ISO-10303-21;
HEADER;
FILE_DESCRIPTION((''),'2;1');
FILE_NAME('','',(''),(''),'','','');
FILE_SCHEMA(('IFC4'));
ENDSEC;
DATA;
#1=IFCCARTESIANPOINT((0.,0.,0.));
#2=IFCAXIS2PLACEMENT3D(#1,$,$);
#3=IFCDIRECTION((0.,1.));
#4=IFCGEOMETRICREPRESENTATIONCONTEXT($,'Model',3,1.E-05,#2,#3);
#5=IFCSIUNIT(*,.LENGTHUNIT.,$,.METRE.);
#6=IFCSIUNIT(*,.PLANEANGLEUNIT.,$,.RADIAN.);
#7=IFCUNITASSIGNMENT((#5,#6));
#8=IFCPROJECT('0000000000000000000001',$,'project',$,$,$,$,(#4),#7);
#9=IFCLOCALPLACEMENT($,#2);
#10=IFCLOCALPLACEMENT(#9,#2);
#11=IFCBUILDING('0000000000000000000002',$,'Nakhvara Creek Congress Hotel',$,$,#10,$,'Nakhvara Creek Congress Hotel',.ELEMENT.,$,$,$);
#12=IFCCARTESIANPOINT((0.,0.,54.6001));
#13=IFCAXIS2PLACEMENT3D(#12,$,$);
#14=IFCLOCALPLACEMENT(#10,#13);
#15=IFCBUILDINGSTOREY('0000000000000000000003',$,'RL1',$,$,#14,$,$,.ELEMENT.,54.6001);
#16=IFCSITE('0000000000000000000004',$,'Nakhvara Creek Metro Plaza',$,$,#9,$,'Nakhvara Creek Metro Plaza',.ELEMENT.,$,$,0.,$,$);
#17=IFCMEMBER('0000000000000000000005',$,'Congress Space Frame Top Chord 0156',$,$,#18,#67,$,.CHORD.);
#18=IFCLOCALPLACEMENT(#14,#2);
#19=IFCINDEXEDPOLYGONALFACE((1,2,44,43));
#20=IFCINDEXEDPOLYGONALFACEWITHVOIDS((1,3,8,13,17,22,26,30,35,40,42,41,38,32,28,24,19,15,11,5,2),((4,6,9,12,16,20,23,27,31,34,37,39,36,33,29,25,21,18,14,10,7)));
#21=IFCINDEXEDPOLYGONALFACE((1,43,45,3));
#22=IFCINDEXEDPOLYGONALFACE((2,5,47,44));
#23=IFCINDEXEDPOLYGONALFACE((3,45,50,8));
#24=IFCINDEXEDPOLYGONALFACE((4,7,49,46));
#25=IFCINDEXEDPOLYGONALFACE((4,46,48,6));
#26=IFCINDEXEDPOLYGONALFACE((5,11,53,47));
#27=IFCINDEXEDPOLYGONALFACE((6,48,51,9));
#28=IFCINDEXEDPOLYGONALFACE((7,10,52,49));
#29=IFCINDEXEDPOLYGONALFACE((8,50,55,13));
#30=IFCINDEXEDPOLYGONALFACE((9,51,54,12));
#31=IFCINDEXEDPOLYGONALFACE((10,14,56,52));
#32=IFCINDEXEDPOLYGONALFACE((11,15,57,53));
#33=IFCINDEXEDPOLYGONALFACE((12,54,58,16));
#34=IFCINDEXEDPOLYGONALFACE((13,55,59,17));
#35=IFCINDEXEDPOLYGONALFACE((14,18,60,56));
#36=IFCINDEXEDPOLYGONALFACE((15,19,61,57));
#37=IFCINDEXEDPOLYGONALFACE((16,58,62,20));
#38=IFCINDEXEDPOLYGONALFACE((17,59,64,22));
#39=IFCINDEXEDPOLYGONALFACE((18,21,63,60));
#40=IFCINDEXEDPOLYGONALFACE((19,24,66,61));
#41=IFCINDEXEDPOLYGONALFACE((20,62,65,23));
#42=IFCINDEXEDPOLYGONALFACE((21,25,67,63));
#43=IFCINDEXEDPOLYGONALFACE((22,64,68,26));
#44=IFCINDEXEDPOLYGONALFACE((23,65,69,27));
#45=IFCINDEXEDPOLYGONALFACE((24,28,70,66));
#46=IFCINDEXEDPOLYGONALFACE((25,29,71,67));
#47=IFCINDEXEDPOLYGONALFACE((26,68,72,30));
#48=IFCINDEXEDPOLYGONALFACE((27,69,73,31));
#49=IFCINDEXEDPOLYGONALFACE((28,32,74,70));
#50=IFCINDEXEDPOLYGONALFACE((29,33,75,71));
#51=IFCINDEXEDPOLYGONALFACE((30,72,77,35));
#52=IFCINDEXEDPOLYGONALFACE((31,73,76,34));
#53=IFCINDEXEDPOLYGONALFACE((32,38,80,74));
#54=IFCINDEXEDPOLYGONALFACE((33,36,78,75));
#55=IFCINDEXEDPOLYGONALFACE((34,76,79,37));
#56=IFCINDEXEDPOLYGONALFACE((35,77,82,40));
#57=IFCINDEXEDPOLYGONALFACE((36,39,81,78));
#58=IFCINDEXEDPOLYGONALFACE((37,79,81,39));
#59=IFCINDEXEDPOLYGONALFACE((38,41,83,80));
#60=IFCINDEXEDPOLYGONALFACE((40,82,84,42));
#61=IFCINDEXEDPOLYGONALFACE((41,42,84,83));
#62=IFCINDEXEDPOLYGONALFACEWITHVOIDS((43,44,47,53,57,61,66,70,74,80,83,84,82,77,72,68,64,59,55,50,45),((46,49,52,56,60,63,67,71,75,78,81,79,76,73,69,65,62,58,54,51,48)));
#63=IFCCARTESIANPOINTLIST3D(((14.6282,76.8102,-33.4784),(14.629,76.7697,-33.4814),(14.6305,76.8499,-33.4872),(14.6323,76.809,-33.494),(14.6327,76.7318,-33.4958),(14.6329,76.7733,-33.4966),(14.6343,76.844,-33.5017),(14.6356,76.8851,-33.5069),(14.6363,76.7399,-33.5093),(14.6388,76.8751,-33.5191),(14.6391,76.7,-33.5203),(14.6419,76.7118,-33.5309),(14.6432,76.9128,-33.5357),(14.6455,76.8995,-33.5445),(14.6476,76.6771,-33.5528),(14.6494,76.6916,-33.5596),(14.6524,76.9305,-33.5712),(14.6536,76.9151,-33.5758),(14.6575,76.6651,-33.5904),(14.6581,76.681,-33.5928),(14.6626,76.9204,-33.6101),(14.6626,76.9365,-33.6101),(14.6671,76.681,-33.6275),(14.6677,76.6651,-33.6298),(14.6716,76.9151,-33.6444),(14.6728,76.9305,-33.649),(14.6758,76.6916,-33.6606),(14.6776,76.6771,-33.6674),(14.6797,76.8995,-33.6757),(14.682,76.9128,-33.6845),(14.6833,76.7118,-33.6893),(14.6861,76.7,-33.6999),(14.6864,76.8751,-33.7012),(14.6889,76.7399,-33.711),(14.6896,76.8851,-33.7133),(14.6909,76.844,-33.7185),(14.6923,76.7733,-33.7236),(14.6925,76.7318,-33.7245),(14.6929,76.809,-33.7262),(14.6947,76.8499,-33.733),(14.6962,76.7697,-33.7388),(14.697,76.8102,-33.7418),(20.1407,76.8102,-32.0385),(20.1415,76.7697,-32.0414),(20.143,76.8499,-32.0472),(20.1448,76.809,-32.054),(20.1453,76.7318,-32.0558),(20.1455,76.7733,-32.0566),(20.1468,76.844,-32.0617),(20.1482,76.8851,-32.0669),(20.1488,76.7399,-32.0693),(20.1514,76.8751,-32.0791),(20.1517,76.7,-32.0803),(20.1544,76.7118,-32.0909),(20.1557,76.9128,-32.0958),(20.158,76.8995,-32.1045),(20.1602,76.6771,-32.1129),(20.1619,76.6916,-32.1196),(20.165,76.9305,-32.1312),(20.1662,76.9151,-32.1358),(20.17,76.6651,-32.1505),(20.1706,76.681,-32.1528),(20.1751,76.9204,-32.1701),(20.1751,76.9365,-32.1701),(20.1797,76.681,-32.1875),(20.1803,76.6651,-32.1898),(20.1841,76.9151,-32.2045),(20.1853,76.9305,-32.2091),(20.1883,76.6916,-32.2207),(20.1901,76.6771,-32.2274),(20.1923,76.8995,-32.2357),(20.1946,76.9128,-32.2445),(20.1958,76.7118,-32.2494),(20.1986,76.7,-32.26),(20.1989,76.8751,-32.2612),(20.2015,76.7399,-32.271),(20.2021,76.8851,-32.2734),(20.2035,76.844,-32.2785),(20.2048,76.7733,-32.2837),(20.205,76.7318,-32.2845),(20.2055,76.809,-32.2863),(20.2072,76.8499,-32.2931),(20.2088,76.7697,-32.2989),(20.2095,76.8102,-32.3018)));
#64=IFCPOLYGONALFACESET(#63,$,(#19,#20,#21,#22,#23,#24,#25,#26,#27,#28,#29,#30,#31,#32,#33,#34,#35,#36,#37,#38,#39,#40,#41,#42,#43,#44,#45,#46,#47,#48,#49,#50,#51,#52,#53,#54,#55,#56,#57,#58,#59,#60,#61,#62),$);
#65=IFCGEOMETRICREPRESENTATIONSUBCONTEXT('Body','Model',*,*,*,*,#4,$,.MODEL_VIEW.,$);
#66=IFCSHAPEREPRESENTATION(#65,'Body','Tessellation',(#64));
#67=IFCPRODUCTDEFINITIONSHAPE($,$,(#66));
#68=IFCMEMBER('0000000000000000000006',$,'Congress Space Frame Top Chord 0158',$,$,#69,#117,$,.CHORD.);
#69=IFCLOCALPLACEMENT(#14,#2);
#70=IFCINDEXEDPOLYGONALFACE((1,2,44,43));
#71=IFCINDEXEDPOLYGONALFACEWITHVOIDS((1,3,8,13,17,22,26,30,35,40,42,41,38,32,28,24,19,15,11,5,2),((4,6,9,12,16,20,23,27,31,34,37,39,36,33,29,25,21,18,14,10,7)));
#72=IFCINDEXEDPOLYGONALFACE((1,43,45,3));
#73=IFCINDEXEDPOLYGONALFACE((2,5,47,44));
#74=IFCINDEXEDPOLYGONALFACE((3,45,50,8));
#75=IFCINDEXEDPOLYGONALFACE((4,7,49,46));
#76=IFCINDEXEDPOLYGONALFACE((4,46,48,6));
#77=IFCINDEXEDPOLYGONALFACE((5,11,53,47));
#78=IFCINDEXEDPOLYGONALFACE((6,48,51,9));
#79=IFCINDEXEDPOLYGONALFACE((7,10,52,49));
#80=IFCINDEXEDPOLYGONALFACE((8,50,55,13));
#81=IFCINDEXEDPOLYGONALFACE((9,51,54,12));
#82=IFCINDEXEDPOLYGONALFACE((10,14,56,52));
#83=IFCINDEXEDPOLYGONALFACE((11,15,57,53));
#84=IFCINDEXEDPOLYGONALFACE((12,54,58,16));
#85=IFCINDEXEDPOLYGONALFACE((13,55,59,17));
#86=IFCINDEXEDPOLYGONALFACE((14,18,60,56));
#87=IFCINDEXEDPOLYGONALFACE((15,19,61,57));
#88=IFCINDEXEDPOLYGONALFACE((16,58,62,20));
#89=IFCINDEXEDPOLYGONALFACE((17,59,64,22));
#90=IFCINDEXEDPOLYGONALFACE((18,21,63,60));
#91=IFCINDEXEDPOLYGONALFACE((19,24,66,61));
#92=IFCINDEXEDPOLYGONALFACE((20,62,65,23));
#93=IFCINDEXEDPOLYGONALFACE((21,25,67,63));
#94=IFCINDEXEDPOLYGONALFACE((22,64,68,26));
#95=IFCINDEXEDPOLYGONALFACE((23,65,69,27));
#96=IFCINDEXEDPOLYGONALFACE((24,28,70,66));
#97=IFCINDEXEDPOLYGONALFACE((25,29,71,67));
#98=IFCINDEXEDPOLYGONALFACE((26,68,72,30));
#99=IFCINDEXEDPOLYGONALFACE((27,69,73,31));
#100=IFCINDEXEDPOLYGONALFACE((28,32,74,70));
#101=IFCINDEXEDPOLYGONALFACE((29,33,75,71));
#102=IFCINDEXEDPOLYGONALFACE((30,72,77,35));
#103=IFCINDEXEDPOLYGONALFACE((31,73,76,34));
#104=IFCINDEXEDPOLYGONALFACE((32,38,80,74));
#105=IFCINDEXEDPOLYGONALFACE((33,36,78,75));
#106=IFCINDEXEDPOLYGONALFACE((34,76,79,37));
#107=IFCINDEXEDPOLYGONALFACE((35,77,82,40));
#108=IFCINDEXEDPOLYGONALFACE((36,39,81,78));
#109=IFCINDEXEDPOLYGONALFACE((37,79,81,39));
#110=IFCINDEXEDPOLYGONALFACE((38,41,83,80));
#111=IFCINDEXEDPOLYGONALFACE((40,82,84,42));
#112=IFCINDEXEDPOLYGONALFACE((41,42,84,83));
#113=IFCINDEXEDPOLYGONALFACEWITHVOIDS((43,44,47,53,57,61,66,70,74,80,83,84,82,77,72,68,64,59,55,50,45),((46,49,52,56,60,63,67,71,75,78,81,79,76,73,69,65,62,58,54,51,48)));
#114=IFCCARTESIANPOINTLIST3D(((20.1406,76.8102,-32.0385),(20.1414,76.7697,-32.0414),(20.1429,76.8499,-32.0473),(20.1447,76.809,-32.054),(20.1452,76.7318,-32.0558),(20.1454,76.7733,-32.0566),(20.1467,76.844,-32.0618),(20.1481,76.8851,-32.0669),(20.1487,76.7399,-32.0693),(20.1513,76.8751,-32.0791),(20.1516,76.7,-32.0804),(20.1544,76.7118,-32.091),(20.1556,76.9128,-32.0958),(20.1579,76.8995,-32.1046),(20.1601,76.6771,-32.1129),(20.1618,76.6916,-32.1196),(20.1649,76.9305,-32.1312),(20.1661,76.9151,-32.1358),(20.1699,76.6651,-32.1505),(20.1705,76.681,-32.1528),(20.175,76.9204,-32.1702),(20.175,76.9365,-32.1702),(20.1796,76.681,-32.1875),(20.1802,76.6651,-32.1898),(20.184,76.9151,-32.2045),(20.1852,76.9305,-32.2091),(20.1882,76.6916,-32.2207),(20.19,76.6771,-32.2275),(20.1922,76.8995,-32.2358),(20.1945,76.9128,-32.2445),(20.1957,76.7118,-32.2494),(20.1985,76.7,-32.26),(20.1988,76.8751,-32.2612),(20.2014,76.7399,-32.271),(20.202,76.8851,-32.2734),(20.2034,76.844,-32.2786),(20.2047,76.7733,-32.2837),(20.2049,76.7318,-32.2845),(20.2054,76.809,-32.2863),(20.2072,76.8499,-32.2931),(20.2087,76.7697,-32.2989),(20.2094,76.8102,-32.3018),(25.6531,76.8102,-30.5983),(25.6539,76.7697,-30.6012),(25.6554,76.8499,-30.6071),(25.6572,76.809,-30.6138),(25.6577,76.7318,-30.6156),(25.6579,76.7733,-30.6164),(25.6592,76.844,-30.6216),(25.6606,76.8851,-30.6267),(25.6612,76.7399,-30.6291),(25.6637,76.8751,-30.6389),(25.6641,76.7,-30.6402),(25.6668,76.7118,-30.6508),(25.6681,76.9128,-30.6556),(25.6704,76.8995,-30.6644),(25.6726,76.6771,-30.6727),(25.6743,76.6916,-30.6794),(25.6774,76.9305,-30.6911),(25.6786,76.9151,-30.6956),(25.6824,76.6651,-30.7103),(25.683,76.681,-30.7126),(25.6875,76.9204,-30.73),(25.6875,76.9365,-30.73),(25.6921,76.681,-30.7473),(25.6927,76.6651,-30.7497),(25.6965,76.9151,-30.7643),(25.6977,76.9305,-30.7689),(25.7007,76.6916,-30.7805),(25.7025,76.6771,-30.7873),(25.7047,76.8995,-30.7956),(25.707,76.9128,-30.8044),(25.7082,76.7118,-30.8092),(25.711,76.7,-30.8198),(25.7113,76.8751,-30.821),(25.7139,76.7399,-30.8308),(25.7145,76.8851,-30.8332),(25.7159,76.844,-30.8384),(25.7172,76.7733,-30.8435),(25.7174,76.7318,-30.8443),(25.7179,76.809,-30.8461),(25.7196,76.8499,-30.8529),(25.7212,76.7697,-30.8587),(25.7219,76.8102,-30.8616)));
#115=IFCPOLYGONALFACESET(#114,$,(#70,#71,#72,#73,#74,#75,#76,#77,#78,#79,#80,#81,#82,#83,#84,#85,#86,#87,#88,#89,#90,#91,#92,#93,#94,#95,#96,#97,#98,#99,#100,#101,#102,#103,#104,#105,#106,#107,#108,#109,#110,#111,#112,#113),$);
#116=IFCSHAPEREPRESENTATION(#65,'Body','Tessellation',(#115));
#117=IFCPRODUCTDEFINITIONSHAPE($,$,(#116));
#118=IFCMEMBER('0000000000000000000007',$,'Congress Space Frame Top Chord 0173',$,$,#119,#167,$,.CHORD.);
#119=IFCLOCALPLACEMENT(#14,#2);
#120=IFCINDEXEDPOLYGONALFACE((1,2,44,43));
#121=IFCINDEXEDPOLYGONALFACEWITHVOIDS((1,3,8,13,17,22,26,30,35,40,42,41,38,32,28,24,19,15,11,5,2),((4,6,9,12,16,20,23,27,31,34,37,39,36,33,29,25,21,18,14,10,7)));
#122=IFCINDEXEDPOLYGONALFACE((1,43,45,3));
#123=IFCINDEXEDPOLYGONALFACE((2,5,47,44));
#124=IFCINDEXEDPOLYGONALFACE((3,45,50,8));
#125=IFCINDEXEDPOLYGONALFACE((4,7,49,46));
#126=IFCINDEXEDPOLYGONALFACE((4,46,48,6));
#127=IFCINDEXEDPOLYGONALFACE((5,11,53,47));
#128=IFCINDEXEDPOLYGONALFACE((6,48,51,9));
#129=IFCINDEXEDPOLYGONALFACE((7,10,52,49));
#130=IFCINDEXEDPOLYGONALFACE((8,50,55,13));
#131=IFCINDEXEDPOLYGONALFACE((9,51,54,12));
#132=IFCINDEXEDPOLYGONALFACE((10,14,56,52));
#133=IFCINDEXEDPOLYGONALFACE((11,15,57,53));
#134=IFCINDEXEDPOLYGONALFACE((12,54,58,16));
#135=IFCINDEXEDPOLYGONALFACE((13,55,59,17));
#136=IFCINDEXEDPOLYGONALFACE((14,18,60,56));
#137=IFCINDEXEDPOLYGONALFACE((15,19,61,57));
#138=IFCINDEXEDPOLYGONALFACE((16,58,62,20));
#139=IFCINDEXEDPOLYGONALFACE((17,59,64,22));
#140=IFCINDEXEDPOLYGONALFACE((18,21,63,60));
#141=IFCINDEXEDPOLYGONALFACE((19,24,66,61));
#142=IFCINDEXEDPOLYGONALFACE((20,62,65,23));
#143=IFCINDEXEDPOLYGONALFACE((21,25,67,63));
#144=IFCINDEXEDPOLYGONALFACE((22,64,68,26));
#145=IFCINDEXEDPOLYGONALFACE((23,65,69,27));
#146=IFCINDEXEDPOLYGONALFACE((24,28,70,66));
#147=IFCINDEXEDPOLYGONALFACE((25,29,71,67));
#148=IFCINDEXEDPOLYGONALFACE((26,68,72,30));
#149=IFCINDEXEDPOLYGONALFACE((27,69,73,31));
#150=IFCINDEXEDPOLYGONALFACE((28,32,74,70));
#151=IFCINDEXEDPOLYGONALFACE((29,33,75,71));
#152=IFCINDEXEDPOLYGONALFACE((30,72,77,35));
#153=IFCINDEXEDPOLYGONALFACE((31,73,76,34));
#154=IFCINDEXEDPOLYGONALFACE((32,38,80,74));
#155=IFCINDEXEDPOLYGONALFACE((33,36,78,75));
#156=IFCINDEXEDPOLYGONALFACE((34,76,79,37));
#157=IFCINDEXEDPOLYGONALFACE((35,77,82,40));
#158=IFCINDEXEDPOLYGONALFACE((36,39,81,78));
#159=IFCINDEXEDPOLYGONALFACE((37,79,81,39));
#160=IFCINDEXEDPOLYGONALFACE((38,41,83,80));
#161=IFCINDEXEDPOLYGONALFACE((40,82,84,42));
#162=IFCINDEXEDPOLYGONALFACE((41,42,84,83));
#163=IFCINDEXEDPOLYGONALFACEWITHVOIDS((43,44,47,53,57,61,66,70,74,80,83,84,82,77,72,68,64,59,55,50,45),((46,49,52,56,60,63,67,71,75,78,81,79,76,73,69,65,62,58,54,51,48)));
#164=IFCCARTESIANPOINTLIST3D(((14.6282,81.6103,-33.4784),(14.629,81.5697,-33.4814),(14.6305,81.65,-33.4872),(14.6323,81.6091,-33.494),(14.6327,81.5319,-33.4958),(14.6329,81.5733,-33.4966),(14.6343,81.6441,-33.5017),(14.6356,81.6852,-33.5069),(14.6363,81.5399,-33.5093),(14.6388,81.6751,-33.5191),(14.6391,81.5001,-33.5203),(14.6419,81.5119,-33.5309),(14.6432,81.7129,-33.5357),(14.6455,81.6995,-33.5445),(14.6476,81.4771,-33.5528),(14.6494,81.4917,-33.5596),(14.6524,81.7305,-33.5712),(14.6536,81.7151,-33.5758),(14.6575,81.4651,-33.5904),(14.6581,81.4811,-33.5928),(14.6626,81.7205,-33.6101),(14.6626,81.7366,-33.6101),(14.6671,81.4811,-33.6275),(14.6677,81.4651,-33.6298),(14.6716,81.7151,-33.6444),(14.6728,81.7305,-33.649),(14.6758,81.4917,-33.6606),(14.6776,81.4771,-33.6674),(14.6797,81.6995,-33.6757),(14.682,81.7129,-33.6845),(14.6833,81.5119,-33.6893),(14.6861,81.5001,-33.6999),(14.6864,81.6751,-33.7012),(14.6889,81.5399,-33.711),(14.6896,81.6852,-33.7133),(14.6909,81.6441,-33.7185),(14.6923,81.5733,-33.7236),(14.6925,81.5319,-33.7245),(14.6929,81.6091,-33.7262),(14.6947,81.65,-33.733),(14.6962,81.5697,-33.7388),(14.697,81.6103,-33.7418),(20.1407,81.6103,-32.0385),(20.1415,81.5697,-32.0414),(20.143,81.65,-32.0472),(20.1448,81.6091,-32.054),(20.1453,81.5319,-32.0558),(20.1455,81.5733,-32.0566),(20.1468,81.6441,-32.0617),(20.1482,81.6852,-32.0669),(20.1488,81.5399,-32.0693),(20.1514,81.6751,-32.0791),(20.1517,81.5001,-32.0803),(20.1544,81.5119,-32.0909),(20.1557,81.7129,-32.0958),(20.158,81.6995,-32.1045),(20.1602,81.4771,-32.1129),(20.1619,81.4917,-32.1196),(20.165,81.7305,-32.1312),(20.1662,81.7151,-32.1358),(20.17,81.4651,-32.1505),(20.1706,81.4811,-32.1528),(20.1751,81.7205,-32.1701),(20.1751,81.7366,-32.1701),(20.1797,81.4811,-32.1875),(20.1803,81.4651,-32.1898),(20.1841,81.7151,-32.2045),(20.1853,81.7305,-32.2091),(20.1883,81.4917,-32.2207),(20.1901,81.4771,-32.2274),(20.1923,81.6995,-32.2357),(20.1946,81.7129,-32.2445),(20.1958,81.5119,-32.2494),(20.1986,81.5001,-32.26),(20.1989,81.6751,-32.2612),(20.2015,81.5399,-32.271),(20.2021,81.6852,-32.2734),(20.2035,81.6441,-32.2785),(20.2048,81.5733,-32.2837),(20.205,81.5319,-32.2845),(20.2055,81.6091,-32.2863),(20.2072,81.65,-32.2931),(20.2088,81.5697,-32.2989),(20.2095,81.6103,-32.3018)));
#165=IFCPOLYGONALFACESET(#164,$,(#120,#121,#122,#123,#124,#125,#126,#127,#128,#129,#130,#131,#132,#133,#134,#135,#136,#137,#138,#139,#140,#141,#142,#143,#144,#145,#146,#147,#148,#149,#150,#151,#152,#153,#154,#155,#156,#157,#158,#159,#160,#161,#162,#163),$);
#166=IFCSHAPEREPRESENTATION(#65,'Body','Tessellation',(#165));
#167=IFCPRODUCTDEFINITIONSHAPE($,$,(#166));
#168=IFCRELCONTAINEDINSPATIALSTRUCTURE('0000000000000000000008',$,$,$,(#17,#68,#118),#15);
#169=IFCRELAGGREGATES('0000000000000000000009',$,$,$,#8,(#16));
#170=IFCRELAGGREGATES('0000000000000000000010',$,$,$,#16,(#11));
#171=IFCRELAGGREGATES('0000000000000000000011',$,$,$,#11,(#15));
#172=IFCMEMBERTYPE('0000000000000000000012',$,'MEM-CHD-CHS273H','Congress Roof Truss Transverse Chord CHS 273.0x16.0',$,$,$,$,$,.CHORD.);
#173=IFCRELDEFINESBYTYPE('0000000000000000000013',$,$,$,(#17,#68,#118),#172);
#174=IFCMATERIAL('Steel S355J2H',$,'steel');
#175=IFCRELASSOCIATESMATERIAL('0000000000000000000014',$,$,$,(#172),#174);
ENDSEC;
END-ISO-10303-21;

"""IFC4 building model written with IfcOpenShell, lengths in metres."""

from ifc_helpers import new_model, si_unit, direction, frame, origin, origin_2d, place, context, subcontext, project, spatial, hollow_circle, extrude, material, material_profile, profile_set, type_object, element, save


model = new_model("IFC4")

# Units and contexts
model_context = context("Model", 3, precision=1e-05, world=origin(), true_north=direction((0.0, 1.0)))
body_context = subcontext(model_context, "Body", "Model", "MODEL_VIEW")
ifc_project = project(units=[si_unit("LENGTHUNIT", "METRE"), si_unit("PLANEANGLEUNIT", "RADIAN")], contexts=[model_context])

# Site, building, storey
site_placement = place(None, origin())
site = spatial("IfcSite", under=ifc_project, at=site_placement, Name="Nakhvara Creek Metro Plaza", LongName="Nakhvara Creek Metro Plaza", CompositionType="ELEMENT", RefElevation=0.0)
building_placement = place(site_placement, origin())
building = spatial("IfcBuilding", under=site, at=building_placement, Name="Nakhvara Creek Congress Hotel", LongName="Nakhvara Creek Congress Hotel", CompositionType="ELEMENT")
storey_placement = place(building_placement, frame((0.0, 0.0, 54.6001)))
storey = spatial("IfcBuildingStorey", under=building, at=storey_placement, Name="RL1", CompositionType="ELEMENT", Elevation=54.6001)

# Members
ifc_material_1 = material(Name="Steel S355J2H", Category="steel")
ifc_material_profile_1 = material_profile(ifc_material_1, hollow_circle(Radius=0.1365, WallThickness=0.0161, at=origin_2d()), Name="CHS 273.0x16.0", Category="LoadBearing")
ifc_profile_set_1 = profile_set([ifc_material_profile_1], Name="Steel S355J2H")
member_type_1 = type_object("IfcMemberType", Name="MEM-CHD-CHS273H", Description="Congress Roof Truss Transverse Chord CHS 273.0x16.0", PredefinedType="CHORD", material=ifc_profile_set_1)
for number, where, z_axis, x_axis, name in (
    (1, (14.6626, 76.8, -33.6101), (0.967535, 0.0, 0.252736), (0.0, 1.0, 0.0), "Congress Space Frame Top Chord 0156"),
    (2, (20.175, 76.8, -32.1702), (0.967525, 0.0, 0.252776), (0.0, 1.0, 0.0), "Congress Space Frame Top Chord 0158"),
    (3, (14.6626, 81.6001, -33.6101), (0.967535, 0.0, 0.252736), (0.0, 1.0, 0.0), "Congress Space Frame Top Chord 0173"),
):
    element("IfcMember", number, at=place(storey_placement, frame(where, z_axis=z_axis, x_axis=x_axis)), inside=storey, type_object=member_type_1, Name=name, PredefinedType="CHORD", context=body_context, shape_type="SweptSolid", body=[
        extrude(hollow_circle(Radius=0.1365, WallThickness=0.0161, at=origin_2d()), origin(), (0.0, 0.0, 1.0), 5.6975),
    ])

save(model, "model.ifc")
